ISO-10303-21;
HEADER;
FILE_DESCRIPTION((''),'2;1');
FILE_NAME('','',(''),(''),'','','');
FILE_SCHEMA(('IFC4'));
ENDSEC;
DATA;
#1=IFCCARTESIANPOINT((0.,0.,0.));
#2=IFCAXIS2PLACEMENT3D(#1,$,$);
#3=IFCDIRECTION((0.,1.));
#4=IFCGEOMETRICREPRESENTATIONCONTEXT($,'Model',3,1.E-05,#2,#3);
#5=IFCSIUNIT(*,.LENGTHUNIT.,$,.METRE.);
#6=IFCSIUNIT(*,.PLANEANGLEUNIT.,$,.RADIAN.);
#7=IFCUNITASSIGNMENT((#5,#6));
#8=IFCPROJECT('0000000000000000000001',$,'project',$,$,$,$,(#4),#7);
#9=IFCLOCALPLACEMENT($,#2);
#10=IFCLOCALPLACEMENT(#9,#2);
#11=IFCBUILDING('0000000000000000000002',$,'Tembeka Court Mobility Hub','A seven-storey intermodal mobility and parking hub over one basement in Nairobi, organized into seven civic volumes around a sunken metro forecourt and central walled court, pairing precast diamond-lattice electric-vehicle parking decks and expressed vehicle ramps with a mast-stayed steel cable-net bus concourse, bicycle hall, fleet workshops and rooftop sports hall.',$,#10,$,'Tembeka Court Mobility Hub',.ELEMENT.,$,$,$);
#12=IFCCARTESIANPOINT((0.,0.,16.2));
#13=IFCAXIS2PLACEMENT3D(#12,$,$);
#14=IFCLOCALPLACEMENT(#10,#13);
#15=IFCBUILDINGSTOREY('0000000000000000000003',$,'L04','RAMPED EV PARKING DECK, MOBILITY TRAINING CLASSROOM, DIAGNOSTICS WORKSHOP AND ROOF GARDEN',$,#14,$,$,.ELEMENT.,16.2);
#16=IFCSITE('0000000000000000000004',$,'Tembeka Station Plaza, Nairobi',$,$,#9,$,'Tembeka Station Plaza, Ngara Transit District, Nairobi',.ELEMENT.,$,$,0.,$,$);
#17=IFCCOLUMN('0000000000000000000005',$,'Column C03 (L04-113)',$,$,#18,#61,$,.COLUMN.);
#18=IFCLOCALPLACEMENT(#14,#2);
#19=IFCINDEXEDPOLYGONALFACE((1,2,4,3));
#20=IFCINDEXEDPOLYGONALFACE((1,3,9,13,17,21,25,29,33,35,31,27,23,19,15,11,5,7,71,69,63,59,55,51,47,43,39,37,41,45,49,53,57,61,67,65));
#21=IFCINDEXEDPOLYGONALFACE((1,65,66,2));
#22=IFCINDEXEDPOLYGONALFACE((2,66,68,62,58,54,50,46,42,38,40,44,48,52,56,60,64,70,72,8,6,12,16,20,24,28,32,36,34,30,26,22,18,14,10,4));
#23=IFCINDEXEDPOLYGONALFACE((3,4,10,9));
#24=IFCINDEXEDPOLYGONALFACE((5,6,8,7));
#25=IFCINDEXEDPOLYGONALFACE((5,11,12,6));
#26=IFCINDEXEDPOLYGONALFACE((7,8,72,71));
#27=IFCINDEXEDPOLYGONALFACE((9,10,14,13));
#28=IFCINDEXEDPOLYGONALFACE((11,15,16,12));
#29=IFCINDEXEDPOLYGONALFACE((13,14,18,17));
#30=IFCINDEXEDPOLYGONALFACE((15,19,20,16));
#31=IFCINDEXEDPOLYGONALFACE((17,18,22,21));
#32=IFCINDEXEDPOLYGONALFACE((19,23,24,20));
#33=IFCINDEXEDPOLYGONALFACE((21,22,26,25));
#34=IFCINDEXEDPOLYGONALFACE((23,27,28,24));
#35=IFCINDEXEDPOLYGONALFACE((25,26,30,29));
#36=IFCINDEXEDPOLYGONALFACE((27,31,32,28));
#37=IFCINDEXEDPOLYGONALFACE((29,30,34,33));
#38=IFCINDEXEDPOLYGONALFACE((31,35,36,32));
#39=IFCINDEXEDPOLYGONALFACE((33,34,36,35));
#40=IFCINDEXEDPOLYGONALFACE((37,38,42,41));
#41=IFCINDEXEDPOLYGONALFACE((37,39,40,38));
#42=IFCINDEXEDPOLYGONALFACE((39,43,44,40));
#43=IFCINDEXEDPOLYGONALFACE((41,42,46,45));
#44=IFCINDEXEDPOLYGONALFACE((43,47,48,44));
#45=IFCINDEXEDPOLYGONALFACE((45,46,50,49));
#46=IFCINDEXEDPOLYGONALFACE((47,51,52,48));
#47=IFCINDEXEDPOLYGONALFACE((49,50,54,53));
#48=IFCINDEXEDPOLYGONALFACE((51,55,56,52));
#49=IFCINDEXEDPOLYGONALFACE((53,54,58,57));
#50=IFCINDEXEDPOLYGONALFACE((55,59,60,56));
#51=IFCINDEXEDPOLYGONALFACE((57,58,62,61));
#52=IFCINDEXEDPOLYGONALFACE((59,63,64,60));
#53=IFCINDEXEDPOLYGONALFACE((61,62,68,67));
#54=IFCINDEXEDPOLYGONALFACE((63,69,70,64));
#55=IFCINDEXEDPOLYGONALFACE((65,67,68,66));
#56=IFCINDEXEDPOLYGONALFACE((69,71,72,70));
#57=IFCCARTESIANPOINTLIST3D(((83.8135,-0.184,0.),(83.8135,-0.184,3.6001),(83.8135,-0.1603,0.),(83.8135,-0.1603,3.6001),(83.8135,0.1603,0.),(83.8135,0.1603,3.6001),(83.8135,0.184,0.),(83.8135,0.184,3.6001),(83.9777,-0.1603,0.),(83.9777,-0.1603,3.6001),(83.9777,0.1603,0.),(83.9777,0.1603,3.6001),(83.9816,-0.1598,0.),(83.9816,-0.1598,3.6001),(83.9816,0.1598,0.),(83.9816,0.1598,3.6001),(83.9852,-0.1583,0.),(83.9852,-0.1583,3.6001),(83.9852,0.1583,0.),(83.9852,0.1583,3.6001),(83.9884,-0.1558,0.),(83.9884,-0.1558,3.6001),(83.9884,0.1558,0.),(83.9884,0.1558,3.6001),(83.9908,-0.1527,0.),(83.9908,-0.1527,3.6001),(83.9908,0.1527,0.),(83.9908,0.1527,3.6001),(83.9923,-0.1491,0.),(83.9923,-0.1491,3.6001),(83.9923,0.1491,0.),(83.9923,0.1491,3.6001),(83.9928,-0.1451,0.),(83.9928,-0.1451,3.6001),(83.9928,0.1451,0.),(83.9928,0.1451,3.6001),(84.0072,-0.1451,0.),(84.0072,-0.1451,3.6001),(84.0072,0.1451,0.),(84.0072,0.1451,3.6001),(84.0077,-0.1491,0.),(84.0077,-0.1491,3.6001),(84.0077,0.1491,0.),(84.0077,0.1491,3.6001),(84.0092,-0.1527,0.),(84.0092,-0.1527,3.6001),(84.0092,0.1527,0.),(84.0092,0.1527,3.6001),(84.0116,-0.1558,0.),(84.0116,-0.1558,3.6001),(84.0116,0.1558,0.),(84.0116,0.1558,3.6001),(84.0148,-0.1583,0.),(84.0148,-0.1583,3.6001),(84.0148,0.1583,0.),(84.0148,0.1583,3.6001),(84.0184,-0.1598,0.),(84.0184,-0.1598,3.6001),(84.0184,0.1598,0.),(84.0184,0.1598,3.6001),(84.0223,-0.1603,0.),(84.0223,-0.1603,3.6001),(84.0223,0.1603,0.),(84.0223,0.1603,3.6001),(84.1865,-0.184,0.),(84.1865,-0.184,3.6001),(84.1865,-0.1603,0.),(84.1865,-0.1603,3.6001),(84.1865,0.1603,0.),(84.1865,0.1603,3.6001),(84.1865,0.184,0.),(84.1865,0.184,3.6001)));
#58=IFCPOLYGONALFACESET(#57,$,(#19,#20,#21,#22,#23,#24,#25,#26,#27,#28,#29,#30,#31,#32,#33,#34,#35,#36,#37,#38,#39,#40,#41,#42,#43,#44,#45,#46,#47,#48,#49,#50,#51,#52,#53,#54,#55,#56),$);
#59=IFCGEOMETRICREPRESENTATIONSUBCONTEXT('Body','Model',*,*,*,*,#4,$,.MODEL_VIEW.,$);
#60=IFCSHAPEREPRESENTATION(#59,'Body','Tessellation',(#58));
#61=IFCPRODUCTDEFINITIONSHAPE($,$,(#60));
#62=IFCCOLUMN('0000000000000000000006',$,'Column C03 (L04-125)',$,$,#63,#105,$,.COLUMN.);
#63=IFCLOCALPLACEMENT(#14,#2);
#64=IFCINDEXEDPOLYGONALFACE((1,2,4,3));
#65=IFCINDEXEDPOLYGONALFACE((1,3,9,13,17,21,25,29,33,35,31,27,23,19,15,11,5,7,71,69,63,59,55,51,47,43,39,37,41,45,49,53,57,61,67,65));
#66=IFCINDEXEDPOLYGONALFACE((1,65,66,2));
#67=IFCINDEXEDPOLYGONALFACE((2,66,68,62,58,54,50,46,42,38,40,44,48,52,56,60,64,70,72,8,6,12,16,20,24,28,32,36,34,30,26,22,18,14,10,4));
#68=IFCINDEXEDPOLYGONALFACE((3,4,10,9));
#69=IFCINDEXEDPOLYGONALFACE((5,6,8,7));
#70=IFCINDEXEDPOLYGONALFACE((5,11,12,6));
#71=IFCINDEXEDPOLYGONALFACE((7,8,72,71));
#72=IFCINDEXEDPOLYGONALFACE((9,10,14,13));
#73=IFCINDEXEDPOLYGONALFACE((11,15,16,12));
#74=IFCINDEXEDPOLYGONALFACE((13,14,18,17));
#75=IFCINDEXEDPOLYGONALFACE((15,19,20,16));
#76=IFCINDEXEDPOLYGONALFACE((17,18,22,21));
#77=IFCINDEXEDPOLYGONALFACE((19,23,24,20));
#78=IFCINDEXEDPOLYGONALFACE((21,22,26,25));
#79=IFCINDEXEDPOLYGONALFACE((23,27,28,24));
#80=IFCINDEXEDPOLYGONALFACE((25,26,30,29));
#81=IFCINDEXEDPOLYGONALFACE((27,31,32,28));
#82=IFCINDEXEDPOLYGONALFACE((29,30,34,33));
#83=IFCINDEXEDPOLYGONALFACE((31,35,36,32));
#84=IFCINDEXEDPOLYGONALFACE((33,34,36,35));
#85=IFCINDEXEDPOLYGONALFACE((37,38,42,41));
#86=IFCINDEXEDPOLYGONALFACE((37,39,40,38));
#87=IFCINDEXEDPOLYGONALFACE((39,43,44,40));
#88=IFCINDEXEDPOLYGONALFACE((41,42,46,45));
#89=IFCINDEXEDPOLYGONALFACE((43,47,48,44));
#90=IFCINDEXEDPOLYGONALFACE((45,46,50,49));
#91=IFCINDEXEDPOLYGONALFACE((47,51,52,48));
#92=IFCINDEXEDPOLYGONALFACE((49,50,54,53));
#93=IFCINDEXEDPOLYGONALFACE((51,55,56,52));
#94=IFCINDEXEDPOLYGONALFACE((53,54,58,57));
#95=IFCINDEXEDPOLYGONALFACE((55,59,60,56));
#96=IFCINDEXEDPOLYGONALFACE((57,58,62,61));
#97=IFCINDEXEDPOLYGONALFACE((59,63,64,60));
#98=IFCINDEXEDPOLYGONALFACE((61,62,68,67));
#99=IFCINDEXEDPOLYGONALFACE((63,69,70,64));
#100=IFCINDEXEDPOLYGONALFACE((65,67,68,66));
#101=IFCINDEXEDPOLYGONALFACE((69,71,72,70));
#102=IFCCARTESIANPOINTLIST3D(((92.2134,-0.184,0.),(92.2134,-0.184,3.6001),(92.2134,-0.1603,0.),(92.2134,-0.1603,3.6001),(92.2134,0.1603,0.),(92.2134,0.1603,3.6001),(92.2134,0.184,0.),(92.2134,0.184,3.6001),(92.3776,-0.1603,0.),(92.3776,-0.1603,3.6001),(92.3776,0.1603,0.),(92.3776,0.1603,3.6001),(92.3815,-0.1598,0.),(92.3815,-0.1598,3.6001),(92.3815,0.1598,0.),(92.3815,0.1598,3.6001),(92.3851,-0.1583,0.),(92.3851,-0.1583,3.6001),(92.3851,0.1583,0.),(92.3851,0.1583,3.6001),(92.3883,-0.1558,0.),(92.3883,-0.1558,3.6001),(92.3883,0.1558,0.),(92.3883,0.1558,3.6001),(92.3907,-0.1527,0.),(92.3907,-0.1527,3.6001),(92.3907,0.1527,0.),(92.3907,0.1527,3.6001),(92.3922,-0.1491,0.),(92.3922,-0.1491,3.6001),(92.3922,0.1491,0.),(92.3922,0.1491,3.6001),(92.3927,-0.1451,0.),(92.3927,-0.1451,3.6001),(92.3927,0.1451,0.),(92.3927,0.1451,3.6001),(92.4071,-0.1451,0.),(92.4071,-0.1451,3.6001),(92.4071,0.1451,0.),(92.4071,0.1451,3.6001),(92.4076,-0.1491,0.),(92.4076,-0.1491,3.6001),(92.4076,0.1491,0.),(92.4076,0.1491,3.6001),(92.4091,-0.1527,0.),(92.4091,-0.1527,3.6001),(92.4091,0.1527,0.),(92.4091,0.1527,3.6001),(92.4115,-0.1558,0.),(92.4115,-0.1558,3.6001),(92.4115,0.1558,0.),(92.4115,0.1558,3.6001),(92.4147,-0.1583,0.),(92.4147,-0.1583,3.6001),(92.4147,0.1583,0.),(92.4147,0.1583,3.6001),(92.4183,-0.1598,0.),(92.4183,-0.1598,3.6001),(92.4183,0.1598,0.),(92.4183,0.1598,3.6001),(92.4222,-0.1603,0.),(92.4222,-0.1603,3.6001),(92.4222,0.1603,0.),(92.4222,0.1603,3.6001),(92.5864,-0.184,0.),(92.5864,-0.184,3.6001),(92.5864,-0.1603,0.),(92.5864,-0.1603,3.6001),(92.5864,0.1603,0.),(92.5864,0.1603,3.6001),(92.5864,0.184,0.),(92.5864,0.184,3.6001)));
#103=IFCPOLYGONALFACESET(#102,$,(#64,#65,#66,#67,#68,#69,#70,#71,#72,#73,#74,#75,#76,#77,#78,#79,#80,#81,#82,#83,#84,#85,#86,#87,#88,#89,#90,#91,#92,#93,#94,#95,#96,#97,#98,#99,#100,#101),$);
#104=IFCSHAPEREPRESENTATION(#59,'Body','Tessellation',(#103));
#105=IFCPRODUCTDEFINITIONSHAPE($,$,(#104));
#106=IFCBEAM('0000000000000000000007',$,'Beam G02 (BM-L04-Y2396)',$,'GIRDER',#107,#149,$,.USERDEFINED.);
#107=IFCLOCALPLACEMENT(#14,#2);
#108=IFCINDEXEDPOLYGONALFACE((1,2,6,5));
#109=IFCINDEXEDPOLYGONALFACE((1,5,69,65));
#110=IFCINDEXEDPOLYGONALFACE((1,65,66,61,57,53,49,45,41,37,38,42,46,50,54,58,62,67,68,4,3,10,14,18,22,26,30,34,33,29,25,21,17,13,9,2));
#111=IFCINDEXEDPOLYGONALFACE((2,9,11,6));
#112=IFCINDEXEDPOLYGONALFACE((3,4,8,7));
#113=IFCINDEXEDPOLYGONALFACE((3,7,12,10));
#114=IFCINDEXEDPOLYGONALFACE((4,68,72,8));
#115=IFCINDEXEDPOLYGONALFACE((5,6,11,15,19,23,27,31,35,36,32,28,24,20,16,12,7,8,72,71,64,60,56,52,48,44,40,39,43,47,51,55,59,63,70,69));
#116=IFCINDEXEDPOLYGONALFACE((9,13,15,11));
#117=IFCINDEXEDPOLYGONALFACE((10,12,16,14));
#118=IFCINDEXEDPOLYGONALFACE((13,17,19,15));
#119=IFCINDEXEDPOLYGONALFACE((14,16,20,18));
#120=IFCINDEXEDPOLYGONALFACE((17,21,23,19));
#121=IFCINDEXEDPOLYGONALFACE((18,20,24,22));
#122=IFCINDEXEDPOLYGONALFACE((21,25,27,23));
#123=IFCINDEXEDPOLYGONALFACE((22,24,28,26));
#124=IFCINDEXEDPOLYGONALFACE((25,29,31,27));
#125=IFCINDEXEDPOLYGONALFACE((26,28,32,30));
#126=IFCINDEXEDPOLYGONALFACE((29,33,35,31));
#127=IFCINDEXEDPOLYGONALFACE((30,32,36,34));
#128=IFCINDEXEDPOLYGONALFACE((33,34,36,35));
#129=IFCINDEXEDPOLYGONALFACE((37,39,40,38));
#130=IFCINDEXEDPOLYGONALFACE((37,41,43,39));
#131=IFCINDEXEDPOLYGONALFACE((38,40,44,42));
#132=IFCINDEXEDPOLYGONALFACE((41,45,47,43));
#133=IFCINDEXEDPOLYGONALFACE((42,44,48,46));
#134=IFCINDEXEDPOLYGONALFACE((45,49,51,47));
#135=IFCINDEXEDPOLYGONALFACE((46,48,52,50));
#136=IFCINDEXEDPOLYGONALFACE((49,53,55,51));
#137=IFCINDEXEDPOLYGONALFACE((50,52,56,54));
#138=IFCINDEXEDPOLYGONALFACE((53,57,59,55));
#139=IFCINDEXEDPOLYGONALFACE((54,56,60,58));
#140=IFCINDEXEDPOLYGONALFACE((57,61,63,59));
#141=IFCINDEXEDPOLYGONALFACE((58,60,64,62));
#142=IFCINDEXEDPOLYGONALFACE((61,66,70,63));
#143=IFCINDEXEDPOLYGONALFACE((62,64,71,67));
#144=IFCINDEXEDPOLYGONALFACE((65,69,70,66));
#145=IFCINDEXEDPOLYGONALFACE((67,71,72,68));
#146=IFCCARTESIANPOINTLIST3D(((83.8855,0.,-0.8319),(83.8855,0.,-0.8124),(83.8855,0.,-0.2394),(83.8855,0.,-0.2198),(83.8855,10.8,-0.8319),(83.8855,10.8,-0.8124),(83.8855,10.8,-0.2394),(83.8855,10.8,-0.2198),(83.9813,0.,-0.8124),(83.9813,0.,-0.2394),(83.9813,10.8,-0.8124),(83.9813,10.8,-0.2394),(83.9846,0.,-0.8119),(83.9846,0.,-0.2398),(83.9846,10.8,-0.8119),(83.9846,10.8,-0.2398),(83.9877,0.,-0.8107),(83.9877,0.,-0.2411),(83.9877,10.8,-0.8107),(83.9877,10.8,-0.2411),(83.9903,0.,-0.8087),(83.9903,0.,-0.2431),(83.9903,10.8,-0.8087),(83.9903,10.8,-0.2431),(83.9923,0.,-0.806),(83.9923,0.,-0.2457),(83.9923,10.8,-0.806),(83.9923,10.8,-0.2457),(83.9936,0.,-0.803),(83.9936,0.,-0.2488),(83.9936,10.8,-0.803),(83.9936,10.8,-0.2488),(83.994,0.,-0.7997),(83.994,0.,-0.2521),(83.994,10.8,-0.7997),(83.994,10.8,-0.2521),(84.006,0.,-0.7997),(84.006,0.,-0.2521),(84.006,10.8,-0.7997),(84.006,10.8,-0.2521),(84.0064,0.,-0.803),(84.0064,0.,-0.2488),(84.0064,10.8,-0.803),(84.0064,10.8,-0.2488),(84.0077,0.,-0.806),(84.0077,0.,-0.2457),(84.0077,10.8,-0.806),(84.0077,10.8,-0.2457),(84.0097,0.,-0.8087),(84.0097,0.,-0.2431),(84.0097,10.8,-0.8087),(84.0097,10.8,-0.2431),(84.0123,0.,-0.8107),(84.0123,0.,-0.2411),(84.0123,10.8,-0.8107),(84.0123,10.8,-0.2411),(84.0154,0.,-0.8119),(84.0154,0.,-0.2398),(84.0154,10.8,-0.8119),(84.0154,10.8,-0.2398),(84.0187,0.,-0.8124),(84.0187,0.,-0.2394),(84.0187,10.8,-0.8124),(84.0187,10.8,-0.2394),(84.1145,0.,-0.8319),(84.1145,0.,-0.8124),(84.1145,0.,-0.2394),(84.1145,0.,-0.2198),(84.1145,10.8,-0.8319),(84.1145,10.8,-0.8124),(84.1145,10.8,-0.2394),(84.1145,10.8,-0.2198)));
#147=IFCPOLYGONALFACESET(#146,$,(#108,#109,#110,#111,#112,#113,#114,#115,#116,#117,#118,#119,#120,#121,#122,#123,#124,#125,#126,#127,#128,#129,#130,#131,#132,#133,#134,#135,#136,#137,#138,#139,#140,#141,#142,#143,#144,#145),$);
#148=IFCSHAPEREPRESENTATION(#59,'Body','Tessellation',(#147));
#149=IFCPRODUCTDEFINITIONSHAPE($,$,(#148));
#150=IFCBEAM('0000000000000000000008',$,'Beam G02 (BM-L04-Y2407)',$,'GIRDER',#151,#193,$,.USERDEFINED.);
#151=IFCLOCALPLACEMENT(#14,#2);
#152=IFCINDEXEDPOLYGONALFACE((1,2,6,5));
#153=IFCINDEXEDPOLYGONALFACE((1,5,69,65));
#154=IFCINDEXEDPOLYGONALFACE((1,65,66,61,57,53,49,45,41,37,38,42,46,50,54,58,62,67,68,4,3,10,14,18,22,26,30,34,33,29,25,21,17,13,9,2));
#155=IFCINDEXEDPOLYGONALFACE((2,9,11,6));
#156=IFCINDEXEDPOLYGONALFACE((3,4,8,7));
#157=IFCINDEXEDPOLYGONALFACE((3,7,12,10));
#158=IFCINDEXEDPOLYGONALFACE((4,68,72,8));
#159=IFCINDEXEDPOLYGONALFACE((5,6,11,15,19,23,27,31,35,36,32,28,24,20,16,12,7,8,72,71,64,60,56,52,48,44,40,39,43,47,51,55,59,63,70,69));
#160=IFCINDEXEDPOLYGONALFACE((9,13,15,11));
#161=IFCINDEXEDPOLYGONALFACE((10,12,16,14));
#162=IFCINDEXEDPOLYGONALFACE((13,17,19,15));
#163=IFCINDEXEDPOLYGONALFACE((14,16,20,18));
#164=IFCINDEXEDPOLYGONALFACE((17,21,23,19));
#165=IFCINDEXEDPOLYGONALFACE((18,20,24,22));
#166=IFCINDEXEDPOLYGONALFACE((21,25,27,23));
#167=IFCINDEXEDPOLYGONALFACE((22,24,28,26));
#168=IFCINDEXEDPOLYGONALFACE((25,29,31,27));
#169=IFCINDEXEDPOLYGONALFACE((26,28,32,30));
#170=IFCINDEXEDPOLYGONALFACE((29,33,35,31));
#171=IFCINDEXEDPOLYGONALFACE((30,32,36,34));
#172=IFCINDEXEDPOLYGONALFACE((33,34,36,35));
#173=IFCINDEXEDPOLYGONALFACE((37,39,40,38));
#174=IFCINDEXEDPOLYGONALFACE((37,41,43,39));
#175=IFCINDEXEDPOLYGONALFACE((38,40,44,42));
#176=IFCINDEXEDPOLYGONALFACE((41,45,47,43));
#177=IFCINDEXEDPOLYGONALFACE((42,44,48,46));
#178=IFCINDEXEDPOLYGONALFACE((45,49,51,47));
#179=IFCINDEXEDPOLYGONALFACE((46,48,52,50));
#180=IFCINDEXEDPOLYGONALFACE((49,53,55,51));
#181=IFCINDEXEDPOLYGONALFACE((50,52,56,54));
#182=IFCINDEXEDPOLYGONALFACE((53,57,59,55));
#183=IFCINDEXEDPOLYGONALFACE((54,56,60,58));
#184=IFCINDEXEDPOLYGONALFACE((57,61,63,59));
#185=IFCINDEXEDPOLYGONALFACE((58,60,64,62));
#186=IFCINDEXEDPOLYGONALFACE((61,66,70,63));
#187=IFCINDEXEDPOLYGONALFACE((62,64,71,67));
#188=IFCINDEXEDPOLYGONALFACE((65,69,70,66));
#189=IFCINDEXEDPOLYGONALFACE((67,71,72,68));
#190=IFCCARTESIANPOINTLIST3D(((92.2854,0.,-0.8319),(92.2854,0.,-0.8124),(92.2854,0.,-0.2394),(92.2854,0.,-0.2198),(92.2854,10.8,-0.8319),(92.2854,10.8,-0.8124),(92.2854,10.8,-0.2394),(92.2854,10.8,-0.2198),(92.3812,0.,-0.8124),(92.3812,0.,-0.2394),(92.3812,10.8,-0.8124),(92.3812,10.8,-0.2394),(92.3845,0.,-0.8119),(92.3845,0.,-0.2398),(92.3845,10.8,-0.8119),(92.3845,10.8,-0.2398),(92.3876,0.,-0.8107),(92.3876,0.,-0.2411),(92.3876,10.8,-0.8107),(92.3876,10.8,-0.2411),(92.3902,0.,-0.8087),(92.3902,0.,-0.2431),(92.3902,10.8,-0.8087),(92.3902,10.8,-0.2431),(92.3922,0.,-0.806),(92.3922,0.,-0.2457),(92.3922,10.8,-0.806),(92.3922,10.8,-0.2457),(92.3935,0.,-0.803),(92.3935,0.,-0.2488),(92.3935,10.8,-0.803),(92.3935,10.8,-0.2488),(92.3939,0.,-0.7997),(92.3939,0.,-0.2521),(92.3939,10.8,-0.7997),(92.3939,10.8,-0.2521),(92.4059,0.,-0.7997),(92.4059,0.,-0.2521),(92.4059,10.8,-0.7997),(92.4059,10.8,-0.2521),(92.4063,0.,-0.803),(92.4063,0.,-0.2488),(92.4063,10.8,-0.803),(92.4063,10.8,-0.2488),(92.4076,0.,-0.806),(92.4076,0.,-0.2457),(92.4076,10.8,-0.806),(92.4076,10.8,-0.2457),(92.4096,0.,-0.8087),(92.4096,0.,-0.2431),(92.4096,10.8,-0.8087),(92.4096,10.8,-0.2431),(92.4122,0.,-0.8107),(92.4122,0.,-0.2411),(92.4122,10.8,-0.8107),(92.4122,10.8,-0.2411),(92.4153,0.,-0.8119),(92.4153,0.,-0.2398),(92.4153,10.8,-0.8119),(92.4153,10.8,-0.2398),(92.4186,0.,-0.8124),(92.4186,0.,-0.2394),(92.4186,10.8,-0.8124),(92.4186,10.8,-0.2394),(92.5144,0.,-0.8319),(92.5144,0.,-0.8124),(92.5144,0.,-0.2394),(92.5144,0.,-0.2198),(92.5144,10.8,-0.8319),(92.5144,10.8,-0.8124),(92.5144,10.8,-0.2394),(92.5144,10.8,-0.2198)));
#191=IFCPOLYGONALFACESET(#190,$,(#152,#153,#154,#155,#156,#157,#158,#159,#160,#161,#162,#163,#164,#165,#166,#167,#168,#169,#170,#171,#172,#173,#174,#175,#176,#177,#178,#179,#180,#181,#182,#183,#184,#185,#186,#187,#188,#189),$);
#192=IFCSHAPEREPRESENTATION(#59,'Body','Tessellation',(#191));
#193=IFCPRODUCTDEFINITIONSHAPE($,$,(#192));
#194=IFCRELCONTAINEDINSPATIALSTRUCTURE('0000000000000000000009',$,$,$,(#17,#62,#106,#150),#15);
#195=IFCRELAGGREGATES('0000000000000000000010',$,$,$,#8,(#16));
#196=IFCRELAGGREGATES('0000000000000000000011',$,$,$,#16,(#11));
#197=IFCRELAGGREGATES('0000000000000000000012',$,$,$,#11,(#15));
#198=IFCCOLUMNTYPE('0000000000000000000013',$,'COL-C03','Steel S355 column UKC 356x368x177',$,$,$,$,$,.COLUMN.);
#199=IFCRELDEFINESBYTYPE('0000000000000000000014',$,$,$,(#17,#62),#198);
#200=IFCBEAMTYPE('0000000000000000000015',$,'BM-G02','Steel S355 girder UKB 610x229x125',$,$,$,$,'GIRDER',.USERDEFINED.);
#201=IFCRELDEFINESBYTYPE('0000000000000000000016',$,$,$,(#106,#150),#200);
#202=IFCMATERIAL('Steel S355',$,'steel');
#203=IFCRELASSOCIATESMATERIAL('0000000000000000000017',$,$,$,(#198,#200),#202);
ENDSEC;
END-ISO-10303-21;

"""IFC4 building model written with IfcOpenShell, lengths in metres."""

from ifc_helpers import new_model, si_unit, direction, frame, origin, origin_2d, place, context, subcontext, project, spatial, i_section, extrude, material, material_profile, profile_set, type_object, element, save


model = new_model("IFC4")

# Units and contexts
model_context = context("Model", 3, precision=1e-05, world=origin(), true_north=direction((0.0, 1.0)))
body_context = subcontext(model_context, "Body", "Model", "MODEL_VIEW")
ifc_project = project(units=[si_unit("LENGTHUNIT", "METRE"), si_unit("PLANEANGLEUNIT", "RADIAN")], contexts=[model_context])

# Site, building, storey
site_placement = place(None, origin())
site = spatial("IfcSite", under=ifc_project, at=site_placement, Name="Tembeka Station Plaza, Nairobi", LongName="Tembeka Station Plaza, Ngara Transit District, Nairobi", CompositionType="ELEMENT", RefElevation=0.0)
building_placement = place(site_placement, origin())
building = spatial("IfcBuilding", under=site, at=building_placement, Name="Tembeka Court Mobility Hub", Description="A seven-storey intermodal mobility and parking hub over one basement in Nairobi, organized into seven civic volumes around a sunken metro forecourt and central walled court, pairing precast diamond-lattice electric-vehicle parking decks and expressed vehicle ramps with a mast-stayed steel cable-net bus concourse, bicycle hall, fleet workshops and rooftop sports hall.", LongName="Tembeka Court Mobility Hub", CompositionType="ELEMENT")
storey_placement = place(building_placement, frame((0.0, 0.0, 16.2)))
storey = spatial("IfcBuildingStorey", under=building, at=storey_placement, Name="L04", Description="RAMPED EV PARKING DECK, MOBILITY TRAINING CLASSROOM, DIAGNOSTICS WORKSHOP AND ROOF GARDEN", CompositionType="ELEMENT", Elevation=16.2)

# Columns
ifc_material_1 = material(Name="Steel S355", Category="steel")
ifc_material_profile_1 = material_profile(ifc_material_1, i_section(OverallWidth=0.373, OverallDepth=0.3679, WebThickness=0.0144, FlangeThickness=0.0237, FilletRadius=0.0151, at=origin_2d()), Name="UKC 356x368x177")
ifc_profile_set_1 = profile_set([ifc_material_profile_1], Name="Steel S355")
column_type = type_object("IfcColumnType", Name="COL-C03", Description="Steel S355 column UKC 356x368x177", PredefinedType="COLUMN", material=ifc_profile_set_1)
for number, where, z_axis, x_axis, name in (
    (1, (84.0, 0.0, 0.0), (0.0, 0.0, 1.0), (1.0, 0.0, 0.0), "Column C03 (L04-113)"),
    (2, (92.3999, 0.0, 0.0), (0.0, 0.0, 1.0), (1.0, 0.0, 0.0), "Column C03 (L04-125)"),
):
    element("IfcColumn", number, at=place(storey_placement, frame(where, z_axis=z_axis, x_axis=x_axis)), inside=storey, type_object=column_type, Name=name, PredefinedType="COLUMN", context=body_context, shape_type="SweptSolid", body=[
        extrude(i_section(OverallWidth=0.373, OverallDepth=0.3679, WebThickness=0.0144, FlangeThickness=0.0237, FilletRadius=0.0151, at=origin_2d()), origin(), (0.0, 0.0, 1.0), 3.6001),
    ])

# Beams
ifc_material_profile_2 = material_profile(ifc_material_1, i_section(OverallWidth=0.229, OverallDepth=0.6121, WebThickness=0.012, FlangeThickness=0.0195, FilletRadius=0.0127, at=origin_2d()), Name="UKB 610x229x125")
ifc_profile_set_2 = profile_set([ifc_material_profile_2], Name="Steel S355")
beam_type_1 = type_object("IfcBeamType", Name="BM-G02", Description="Steel S355 girder UKB 610x229x125", ElementType="GIRDER", PredefinedType="USERDEFINED", material=ifc_profile_set_2)
for number, where, z_axis, x_axis, name in (
    (3, (84.0, 0.0, -0.5259), (0.0, 1.0, 0.0), (-1.0, 0.0, 0.0), "Beam G02 (BM-L04-Y2396)"),
    (4, (92.3999, 0.0, -0.5259), (0.0, 1.0, 0.0), (-1.0, 0.0, 0.0), "Beam G02 (BM-L04-Y2407)"),
):
    element("IfcBeam", number, at=place(storey_placement, frame(where, z_axis=z_axis, x_axis=x_axis)), inside=storey, type_object=beam_type_1, Name=name, ObjectType="GIRDER", PredefinedType="USERDEFINED", context=body_context, shape_type="SweptSolid", body=[
        extrude(i_section(OverallWidth=0.229, OverallDepth=0.6121, WebThickness=0.012, FlangeThickness=0.0195, FilletRadius=0.0127, at=origin_2d()), origin(), (0.0, 0.0, 1.0), 10.8),
    ])

save(model, "model.ifc")
